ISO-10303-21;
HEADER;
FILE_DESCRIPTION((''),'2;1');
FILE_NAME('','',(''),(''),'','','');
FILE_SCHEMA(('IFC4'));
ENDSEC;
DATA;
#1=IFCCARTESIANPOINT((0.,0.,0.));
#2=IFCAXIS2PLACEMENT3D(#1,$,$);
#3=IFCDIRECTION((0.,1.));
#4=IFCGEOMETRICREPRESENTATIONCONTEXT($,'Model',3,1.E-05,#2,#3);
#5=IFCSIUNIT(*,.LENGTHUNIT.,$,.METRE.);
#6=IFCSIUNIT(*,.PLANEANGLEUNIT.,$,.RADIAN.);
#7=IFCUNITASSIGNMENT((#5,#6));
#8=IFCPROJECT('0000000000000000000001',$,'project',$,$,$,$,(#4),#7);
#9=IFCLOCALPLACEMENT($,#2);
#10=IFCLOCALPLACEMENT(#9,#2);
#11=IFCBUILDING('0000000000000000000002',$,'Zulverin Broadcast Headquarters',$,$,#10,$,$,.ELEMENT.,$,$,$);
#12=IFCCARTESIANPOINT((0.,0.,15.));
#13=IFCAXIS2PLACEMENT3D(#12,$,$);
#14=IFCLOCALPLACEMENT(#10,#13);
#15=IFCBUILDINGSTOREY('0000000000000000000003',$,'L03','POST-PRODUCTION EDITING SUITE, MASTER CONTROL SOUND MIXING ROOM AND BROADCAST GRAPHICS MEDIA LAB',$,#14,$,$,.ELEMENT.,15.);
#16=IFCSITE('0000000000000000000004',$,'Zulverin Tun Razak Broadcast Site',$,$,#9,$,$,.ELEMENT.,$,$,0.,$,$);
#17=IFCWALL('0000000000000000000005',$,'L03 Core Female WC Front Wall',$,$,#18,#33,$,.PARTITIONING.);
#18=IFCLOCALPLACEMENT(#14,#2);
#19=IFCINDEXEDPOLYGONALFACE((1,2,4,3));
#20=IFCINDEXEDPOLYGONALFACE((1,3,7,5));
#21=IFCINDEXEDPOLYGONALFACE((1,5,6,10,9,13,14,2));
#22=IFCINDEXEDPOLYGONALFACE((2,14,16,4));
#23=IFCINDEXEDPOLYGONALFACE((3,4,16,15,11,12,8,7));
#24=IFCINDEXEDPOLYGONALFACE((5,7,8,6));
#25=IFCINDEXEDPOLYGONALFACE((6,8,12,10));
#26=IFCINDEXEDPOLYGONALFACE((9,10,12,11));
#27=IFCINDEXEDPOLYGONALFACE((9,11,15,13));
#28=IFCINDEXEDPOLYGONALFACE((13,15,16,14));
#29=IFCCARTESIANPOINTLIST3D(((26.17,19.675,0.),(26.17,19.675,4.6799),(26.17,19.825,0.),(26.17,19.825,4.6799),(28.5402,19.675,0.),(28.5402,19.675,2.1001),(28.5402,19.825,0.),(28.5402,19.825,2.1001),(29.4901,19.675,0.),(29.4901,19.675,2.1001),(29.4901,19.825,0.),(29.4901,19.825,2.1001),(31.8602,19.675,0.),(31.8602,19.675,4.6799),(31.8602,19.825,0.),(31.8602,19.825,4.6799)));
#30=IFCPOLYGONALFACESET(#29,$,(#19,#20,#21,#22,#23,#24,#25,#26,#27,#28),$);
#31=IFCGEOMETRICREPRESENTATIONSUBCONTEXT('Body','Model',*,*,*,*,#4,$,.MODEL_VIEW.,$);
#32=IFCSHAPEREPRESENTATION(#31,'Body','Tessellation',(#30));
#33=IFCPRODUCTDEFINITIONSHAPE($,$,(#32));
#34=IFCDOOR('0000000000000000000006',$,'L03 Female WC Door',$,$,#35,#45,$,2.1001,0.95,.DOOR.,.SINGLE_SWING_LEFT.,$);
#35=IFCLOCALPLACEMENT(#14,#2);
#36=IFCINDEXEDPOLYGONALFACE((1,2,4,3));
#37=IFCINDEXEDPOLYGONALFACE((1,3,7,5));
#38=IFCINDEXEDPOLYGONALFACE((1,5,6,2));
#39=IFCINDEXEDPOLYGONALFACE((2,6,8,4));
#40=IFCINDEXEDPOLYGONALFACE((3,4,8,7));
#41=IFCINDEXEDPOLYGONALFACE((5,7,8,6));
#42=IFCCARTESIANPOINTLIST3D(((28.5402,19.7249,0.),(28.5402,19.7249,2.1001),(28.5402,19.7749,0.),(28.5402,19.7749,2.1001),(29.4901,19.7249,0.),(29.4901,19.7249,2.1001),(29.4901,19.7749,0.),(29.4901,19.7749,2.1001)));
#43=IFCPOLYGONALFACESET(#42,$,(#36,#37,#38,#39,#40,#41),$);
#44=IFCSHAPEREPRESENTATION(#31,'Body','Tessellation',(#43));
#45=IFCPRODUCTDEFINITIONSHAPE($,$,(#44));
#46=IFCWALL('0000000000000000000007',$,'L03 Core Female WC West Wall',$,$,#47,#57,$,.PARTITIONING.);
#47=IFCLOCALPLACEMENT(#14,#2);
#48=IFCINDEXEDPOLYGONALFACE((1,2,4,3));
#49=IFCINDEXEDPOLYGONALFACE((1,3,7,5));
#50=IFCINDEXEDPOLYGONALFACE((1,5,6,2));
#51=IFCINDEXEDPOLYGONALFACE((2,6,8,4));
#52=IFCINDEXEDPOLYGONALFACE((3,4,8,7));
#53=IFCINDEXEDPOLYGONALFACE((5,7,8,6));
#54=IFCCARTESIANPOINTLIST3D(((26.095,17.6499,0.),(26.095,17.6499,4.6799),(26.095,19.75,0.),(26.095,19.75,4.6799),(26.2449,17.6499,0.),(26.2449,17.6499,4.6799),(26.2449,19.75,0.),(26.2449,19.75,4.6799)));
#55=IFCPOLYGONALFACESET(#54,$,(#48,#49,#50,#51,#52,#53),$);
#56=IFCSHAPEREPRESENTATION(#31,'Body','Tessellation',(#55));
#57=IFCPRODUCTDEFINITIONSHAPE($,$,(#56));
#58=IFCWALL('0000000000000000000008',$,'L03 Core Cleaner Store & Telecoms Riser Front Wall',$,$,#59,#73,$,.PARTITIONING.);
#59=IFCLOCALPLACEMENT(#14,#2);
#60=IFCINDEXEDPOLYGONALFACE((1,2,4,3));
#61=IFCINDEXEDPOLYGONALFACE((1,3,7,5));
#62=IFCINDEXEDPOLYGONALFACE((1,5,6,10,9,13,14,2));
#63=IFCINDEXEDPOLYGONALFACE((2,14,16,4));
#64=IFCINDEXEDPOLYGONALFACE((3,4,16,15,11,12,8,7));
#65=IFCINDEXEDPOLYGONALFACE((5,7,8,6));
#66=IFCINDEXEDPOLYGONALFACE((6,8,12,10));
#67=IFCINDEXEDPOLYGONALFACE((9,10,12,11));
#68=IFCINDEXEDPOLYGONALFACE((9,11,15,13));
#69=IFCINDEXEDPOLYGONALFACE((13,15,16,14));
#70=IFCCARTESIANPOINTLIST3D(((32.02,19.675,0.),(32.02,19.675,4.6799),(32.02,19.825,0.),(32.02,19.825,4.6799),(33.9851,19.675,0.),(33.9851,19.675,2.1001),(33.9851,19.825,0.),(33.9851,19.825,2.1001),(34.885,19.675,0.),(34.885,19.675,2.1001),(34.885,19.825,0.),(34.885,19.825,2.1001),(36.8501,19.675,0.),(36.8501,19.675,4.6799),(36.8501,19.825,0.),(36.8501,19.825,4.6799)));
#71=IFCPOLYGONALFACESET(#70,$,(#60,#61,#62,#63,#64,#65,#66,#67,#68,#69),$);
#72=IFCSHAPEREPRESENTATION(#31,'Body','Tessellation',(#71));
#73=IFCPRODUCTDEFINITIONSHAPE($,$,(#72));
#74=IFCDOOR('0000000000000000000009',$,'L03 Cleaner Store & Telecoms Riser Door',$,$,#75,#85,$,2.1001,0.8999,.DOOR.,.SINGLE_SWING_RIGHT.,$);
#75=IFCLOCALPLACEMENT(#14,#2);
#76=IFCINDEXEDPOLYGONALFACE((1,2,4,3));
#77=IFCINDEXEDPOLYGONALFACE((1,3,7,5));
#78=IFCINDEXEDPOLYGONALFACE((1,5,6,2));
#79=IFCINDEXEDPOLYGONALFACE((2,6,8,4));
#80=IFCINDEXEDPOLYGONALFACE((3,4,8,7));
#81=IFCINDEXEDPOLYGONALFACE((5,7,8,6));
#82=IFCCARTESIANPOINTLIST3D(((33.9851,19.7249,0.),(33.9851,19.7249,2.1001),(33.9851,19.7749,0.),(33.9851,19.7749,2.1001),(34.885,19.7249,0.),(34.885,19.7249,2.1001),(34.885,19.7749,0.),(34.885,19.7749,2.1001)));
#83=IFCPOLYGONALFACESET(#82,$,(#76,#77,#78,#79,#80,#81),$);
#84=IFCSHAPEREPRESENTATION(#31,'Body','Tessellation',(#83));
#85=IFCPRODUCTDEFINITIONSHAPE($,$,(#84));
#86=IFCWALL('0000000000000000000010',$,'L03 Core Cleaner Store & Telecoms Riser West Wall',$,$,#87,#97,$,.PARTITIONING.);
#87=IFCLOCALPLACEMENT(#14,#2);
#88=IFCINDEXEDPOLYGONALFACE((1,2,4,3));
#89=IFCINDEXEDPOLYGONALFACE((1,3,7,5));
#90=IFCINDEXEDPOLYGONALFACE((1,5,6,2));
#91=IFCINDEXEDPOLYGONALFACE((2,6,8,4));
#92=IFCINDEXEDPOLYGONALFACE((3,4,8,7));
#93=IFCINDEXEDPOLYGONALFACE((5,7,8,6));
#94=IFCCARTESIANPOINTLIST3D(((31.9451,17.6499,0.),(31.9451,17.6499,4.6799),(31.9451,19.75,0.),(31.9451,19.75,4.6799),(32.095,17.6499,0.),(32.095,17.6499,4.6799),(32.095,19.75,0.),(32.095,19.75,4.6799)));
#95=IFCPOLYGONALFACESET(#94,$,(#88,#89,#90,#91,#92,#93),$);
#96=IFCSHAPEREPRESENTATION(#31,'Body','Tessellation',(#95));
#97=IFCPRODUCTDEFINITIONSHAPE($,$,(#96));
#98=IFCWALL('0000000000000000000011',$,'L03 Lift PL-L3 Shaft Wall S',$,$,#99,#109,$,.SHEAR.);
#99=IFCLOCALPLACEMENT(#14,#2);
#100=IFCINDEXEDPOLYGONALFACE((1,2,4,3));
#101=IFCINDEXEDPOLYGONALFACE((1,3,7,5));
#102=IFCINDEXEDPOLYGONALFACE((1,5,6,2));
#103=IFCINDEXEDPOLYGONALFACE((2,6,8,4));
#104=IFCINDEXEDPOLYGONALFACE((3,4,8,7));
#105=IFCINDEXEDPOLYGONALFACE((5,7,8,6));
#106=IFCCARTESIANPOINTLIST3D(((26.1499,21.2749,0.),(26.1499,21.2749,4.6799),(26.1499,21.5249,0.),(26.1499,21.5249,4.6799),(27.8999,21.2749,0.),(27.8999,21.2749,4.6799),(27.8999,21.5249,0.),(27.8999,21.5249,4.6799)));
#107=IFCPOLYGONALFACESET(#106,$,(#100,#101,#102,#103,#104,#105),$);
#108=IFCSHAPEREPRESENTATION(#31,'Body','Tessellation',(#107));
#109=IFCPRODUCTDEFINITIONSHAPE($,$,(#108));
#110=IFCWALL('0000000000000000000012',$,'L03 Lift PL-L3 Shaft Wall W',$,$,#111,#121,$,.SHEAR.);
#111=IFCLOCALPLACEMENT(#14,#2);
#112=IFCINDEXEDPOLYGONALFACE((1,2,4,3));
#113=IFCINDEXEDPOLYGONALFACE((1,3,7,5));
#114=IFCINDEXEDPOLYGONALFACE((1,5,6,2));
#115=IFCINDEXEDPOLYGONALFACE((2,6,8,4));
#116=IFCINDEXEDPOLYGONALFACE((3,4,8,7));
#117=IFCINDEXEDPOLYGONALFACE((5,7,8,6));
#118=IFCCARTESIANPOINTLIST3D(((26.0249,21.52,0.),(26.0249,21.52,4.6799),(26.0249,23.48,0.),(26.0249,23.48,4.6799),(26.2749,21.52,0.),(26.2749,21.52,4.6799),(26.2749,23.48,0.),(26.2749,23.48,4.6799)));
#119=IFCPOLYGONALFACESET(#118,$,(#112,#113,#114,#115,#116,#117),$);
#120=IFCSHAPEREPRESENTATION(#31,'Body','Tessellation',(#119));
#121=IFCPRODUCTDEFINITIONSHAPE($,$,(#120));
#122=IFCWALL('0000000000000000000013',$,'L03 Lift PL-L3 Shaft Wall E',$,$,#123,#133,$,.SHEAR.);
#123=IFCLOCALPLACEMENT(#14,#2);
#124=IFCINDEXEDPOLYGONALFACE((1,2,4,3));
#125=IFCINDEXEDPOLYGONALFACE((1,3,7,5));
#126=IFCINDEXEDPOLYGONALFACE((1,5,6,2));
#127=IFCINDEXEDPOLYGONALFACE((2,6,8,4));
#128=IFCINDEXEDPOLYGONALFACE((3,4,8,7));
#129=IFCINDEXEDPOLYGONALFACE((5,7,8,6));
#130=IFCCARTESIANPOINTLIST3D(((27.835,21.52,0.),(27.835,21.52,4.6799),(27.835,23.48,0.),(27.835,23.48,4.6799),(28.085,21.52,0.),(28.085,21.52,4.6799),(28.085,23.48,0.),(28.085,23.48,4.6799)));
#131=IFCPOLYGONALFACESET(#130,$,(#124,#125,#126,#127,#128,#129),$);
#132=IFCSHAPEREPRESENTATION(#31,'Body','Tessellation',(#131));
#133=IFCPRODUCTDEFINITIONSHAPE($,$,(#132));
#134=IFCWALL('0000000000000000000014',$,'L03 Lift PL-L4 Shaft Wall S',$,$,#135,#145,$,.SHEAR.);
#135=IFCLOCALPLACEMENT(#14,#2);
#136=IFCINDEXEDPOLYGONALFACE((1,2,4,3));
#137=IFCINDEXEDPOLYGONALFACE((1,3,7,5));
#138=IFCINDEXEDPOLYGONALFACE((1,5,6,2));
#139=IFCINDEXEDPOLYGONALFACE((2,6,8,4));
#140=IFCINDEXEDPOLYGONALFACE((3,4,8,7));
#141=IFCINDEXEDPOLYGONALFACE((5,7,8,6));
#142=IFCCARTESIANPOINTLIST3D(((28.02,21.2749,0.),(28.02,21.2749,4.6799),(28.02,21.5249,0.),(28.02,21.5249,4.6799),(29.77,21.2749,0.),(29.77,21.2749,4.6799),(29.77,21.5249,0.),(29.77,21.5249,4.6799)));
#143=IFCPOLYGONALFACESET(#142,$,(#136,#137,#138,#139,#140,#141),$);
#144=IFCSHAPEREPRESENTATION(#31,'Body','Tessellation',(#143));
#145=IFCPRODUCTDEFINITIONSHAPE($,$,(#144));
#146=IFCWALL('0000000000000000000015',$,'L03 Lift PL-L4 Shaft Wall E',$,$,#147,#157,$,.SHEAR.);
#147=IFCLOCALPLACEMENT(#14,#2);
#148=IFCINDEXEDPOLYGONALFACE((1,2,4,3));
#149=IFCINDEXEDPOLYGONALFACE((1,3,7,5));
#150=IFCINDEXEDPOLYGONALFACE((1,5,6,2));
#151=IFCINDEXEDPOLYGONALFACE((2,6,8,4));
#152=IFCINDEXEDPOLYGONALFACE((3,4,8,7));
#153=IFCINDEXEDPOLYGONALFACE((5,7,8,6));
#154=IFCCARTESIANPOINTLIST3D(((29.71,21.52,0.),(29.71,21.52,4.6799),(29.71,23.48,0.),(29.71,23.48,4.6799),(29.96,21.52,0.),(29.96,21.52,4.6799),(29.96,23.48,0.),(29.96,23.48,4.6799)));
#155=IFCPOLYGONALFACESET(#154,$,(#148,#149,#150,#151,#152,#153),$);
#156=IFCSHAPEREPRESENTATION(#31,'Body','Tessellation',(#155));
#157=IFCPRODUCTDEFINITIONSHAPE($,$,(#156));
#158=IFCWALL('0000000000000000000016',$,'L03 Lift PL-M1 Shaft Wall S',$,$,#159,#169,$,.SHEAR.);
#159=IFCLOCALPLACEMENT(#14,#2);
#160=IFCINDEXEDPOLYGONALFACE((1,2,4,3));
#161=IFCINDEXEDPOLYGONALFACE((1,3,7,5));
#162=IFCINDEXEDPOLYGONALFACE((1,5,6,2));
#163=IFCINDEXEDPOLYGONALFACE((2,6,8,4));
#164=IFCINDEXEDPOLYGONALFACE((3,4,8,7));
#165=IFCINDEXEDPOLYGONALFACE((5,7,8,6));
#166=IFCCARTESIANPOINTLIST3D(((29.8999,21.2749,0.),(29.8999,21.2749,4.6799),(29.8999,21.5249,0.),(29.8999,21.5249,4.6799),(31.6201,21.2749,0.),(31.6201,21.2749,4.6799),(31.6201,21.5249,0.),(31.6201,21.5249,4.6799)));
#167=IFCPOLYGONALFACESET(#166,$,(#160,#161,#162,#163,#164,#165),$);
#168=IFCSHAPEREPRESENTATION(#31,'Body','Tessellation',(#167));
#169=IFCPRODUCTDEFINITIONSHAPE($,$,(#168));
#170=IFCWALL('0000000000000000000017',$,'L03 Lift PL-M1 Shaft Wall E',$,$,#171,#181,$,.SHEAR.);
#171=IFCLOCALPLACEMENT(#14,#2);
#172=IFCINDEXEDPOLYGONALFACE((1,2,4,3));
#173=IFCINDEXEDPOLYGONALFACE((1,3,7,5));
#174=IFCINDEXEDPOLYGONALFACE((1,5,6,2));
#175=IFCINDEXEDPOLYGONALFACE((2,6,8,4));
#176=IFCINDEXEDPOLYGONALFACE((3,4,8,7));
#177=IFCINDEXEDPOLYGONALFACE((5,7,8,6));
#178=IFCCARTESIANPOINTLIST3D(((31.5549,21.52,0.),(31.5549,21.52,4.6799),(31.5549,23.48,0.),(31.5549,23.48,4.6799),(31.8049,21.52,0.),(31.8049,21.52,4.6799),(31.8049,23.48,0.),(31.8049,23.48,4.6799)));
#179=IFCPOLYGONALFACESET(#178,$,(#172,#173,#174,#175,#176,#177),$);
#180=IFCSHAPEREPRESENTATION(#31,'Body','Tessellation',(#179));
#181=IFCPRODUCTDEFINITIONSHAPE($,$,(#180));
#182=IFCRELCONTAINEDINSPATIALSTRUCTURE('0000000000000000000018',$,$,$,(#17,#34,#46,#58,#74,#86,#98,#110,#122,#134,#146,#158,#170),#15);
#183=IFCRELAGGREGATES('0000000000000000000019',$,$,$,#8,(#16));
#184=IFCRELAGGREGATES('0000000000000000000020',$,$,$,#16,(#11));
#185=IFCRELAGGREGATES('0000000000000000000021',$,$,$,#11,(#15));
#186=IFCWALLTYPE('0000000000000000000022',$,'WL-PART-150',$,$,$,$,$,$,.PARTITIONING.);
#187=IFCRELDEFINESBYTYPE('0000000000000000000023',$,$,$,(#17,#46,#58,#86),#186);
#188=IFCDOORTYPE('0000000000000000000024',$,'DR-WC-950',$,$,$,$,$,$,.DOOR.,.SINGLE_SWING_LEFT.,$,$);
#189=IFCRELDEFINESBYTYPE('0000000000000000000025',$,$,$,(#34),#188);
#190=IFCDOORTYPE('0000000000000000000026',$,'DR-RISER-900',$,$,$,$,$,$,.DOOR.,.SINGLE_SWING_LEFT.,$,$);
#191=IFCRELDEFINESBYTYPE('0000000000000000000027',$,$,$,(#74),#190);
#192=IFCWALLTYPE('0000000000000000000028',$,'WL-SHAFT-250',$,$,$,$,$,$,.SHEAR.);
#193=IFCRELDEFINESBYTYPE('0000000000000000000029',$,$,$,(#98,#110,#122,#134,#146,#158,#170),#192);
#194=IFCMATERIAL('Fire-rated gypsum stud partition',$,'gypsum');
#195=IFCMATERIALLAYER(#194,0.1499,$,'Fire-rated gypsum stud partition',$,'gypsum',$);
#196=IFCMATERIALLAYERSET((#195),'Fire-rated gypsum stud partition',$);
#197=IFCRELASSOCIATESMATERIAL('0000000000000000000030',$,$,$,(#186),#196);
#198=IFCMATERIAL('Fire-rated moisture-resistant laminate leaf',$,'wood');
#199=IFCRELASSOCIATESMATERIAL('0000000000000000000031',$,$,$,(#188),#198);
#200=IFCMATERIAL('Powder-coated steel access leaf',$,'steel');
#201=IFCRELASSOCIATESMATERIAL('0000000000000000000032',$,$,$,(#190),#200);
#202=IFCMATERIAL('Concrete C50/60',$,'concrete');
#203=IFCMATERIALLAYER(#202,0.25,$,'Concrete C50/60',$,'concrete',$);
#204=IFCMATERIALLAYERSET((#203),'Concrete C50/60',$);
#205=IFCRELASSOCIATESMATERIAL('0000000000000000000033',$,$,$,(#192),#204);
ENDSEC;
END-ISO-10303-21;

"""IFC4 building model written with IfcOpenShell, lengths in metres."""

from ifc_helpers import new_model, si_unit, direction, frame, frame_2d, origin, place, context, subcontext, project, spatial, rectangle, extrude, material, layer, layer_set, type_object, element, fill, save


model = new_model("IFC4")

# Units and contexts
model_context = context("Model", 3, precision=1e-05, world=origin(), true_north=direction((0.0, 1.0)))
body_context = subcontext(model_context, "Body", "Model", "MODEL_VIEW")
ifc_project = project(units=[si_unit("LENGTHUNIT", "METRE"), si_unit("PLANEANGLEUNIT", "RADIAN")], contexts=[model_context])

# Site, building, storey
site_placement = place(None, origin())
site = spatial("IfcSite", under=ifc_project, at=site_placement, Name="Zulverin Tun Razak Broadcast Site", CompositionType="ELEMENT", RefElevation=0.0)
building_placement = place(site_placement, origin())
building = spatial("IfcBuilding", under=site, at=building_placement, Name="Zulverin Broadcast Headquarters", CompositionType="ELEMENT")
storey_placement = place(building_placement, frame((0.0, 0.0, 15.0)))
storey = spatial("IfcBuildingStorey", under=building, at=storey_placement, Name="L03", Description="POST-PRODUCTION EDITING SUITE, MASTER CONTROL SOUND MIXING ROOM AND BROADCAST GRAPHICS MEDIA LAB", CompositionType="ELEMENT", Elevation=15.0)

# Wall, opening, door
ifc_material_1 = material(Name="Fire-rated gypsum stud partition", Category="gypsum")
ifc_layer_1 = layer(ifc_material_1, 0.1499, Name="Fire-rated gypsum stud partition", Category="gypsum")
ifc_layer_set_1 = layer_set([ifc_layer_1], Name="Fire-rated gypsum stud partition")
wall_type_1 = type_object("IfcWallType", Name="WL-PART-150", PredefinedType="PARTITIONING", material=ifc_layer_set_1)
wall_1_placement = place(storey_placement, frame((26.1699, 19.75, 0.0), z_axis=(0.0, 0.0, 1.0), x_axis=(1.0, 0.0, 0.0)))
wall_1 = element("IfcWall", 1, at=wall_1_placement, inside=storey, type_object=wall_type_1, Name="L03 Core Female WC Front Wall", PredefinedType="PARTITIONING", context=body_context, shape_type="SweptSolid", body=[
    extrude(rectangle(XDim=5.6902, YDim=0.1499, at=frame_2d((2.8452, 0.0))), origin(), (0.0, 0.0, 1.0), 4.6799),
])
opening_1_placement = place(wall_1_placement, frame((2.3701, 0.0, 0.0)))
opening_1 = element("IfcOpeningElement", 2, at=opening_1_placement, cuts=wall_1, PredefinedType="OPENING", context=body_context, shape_type="SweptSolid", body=[
    extrude(rectangle(XDim=0.95, YDim=2.1001, at=frame_2d((0.4751, 1.05))), frame((0.0, 0.085, 0.0), z_axis=(0.0, -1.0, 0.0), x_axis=(1.0, 0.0, 0.0)), (0.0, 0.0, 1.0), 0.1699),
])
ifc_material_2 = material(Name="Fire-rated moisture-resistant laminate leaf", Category="wood")
door_type_1 = type_object("IfcDoorType", Name="DR-WC-950", OperationType="SINGLE_SWING_LEFT", PredefinedType="DOOR", material=ifc_material_2)
door_1_placement = place(opening_1_placement, origin())
door_1 = element("IfcDoor", 3, at=door_1_placement, inside=storey, type_object=door_type_1, Name="L03 Female WC Door", OperationType="SINGLE_SWING_LEFT", OverallHeight=2.1001, OverallWidth=0.95, PredefinedType="DOOR", context=body_context, shape_type="SweptSolid", body=[
    extrude(rectangle(XDim=0.95, YDim=2.1001, at=frame_2d((0.4751, 1.05))), frame((0.0, 0.0249, 0.0), z_axis=(0.0, -1.0, 0.0), x_axis=(1.0, 0.0, 0.0)), (0.0, 0.0, 1.0), 0.05),
])
fill(opening_1, door_1)

# Wall
wall_2_placement = place(storey_placement, frame((26.1699, 17.6499, 0.0), z_axis=(0.0, 0.0, 1.0), x_axis=(0.0, 1.0, 0.0)))
element("IfcWall", 4, at=wall_2_placement, inside=storey, type_object=wall_type_1, Name="L03 Core Female WC West Wall", PredefinedType="PARTITIONING", context=body_context, shape_type="SweptSolid", body=[
    extrude(rectangle(XDim=2.1001, YDim=0.1499, at=frame_2d((1.05, 0.0))), origin(), (0.0, 0.0, 1.0), 4.6799),
])

# Wall, opening, door
wall_3_placement = place(storey_placement, frame((32.02, 19.75, 0.0), z_axis=(0.0, 0.0, 1.0), x_axis=(1.0, 0.0, 0.0)))
wall_3 = element("IfcWall", 5, at=wall_3_placement, inside=storey, type_object=wall_type_1, Name="L03 Core Cleaner Store & Telecoms Riser Front Wall", PredefinedType="PARTITIONING", context=body_context, shape_type="SweptSolid", body=[
    extrude(rectangle(XDim=4.8301, YDim=0.1499, at=frame_2d((2.415, 0.0))), origin(), (0.0, 0.0, 1.0), 4.6799),
])
opening_2_placement = place(wall_3_placement, frame((1.9651, 0.0, 0.0)))
opening_2 = element("IfcOpeningElement", 6, at=opening_2_placement, cuts=wall_3, PredefinedType="OPENING", context=body_context, shape_type="SweptSolid", body=[
    extrude(rectangle(XDim=0.8999, YDim=2.1001, at=frame_2d((0.45, 1.05))), frame((0.0, 0.085, 0.0), z_axis=(0.0, -1.0, 0.0), x_axis=(1.0, 0.0, 0.0)), (0.0, 0.0, 1.0), 0.1699),
])
ifc_material_3 = material(Name="Powder-coated steel access leaf", Category="steel")
door_type_2 = type_object("IfcDoorType", Name="DR-RISER-900", OperationType="SINGLE_SWING_LEFT", PredefinedType="DOOR", material=ifc_material_3)
door_2_placement = place(opening_2_placement, origin())
door_2 = element("IfcDoor", 7, at=door_2_placement, inside=storey, type_object=door_type_2, Name="L03 Cleaner Store & Telecoms Riser Door", OperationType="SINGLE_SWING_RIGHT", OverallHeight=2.1001, OverallWidth=0.8999, PredefinedType="DOOR", context=body_context, shape_type="SweptSolid", body=[
    extrude(rectangle(XDim=0.8999, YDim=2.1001, at=frame_2d((0.45, 1.05))), frame((0.0, 0.0249, 0.0), z_axis=(0.0, -1.0, 0.0), x_axis=(1.0, 0.0, 0.0)), (0.0, 0.0, 1.0), 0.05),
])
fill(opening_2, door_2)

# Walls
wall_4_placement = place(storey_placement, frame((32.02, 17.6499, 0.0), z_axis=(0.0, 0.0, 1.0), x_axis=(0.0, 1.0, 0.0)))
element("IfcWall", 8, at=wall_4_placement, inside=storey, type_object=wall_type_1, Name="L03 Core Cleaner Store & Telecoms Riser West Wall", PredefinedType="PARTITIONING", context=body_context, shape_type="SweptSolid", body=[
    extrude(rectangle(XDim=2.1001, YDim=0.1499, at=frame_2d((1.05, 0.0))), origin(), (0.0, 0.0, 1.0), 4.6799),
])
ifc_material_4 = material(Name="Concrete C50/60", Category="concrete")
ifc_layer_2 = layer(ifc_material_4, 0.25, Name="Concrete C50/60", Category="concrete")
ifc_layer_set_2 = layer_set([ifc_layer_2], Name="Concrete C50/60")
wall_type_2 = type_object("IfcWallType", Name="WL-SHAFT-250", PredefinedType="SHEAR", material=ifc_layer_set_2)
wall_5_placement = place(storey_placement, frame((26.1499, 21.3999, 0.0), z_axis=(0.0, 0.0, 1.0), x_axis=(1.0, 0.0, 0.0)))
element("IfcWall", 9, at=wall_5_placement, inside=storey, type_object=wall_type_2, Name="L03 Lift PL-L3 Shaft Wall S", PredefinedType="SHEAR", context=body_context, shape_type="SweptSolid", body=[
    extrude(rectangle(XDim=1.75, YDim=0.25, at=frame_2d((0.875, 0.0))), origin(), (0.0, 0.0, 1.0), 4.6799),
])
for number, where, z_axis, x_axis, name in (
    (10, (26.1499, 21.52, 0.0), (0.0, 0.0, 1.0), (0.0, 1.0, 0.0), "L03 Lift PL-L3 Shaft Wall W"),
    (11, (27.96, 21.52, 0.0), (0.0, 0.0, 1.0), (0.0, 1.0, 0.0), "L03 Lift PL-L3 Shaft Wall E"),
):
    element("IfcWall", number, at=place(storey_placement, frame(where, z_axis=z_axis, x_axis=x_axis)), inside=storey, type_object=wall_type_2, Name=name, PredefinedType="SHEAR", context=body_context, shape_type="SweptSolid", body=[
        extrude(rectangle(XDim=1.96, YDim=0.25, at=frame_2d((0.98, 0.0))), origin(), (0.0, 0.0, 1.0), 4.6799),
    ])
wall_6_placement = place(storey_placement, frame((28.02, 21.3999, 0.0), z_axis=(0.0, 0.0, 1.0), x_axis=(1.0, 0.0, 0.0)))
element("IfcWall", 12, at=wall_6_placement, inside=storey, type_object=wall_type_2, Name="L03 Lift PL-L4 Shaft Wall S", PredefinedType="SHEAR", context=body_context, shape_type="SweptSolid", body=[
    extrude(rectangle(XDim=1.75, YDim=0.25, at=frame_2d((0.875, 0.0))), origin(), (0.0, 0.0, 1.0), 4.6799),
])
wall_7_placement = place(storey_placement, frame((29.835, 21.52, 0.0), z_axis=(0.0, 0.0, 1.0), x_axis=(0.0, 1.0, 0.0)))
element("IfcWall", 13, at=wall_7_placement, inside=storey, type_object=wall_type_2, Name="L03 Lift PL-L4 Shaft Wall E", PredefinedType="SHEAR", context=body_context, shape_type="SweptSolid", body=[
    extrude(rectangle(XDim=1.96, YDim=0.25, at=frame_2d((0.98, 0.0))), origin(), (0.0, 0.0, 1.0), 4.6799),
])
wall_8_placement = place(storey_placement, frame((29.8999, 21.3999, 0.0), z_axis=(0.0, 0.0, 1.0), x_axis=(1.0, 0.0, 0.0)))
element("IfcWall", 14, at=wall_8_placement, inside=storey, type_object=wall_type_2, Name="L03 Lift PL-M1 Shaft Wall S", PredefinedType="SHEAR", context=body_context, shape_type="SweptSolid", body=[
    extrude(rectangle(XDim=1.7202, YDim=0.25, at=frame_2d((0.8601, 0.0))), origin(), (0.0, 0.0, 1.0), 4.6799),
])
wall_9_placement = place(storey_placement, frame((31.6799, 21.52, 0.0), z_axis=(0.0, 0.0, 1.0), x_axis=(0.0, 1.0, 0.0)))
element("IfcWall", 15, at=wall_9_placement, inside=storey, type_object=wall_type_2, Name="L03 Lift PL-M1 Shaft Wall E", PredefinedType="SHEAR", context=body_context, shape_type="SweptSolid", body=[
    extrude(rectangle(XDim=1.96, YDim=0.25, at=frame_2d((0.98, 0.0))), origin(), (0.0, 0.0, 1.0), 4.6799),
])

save(model, "model.ifc")
